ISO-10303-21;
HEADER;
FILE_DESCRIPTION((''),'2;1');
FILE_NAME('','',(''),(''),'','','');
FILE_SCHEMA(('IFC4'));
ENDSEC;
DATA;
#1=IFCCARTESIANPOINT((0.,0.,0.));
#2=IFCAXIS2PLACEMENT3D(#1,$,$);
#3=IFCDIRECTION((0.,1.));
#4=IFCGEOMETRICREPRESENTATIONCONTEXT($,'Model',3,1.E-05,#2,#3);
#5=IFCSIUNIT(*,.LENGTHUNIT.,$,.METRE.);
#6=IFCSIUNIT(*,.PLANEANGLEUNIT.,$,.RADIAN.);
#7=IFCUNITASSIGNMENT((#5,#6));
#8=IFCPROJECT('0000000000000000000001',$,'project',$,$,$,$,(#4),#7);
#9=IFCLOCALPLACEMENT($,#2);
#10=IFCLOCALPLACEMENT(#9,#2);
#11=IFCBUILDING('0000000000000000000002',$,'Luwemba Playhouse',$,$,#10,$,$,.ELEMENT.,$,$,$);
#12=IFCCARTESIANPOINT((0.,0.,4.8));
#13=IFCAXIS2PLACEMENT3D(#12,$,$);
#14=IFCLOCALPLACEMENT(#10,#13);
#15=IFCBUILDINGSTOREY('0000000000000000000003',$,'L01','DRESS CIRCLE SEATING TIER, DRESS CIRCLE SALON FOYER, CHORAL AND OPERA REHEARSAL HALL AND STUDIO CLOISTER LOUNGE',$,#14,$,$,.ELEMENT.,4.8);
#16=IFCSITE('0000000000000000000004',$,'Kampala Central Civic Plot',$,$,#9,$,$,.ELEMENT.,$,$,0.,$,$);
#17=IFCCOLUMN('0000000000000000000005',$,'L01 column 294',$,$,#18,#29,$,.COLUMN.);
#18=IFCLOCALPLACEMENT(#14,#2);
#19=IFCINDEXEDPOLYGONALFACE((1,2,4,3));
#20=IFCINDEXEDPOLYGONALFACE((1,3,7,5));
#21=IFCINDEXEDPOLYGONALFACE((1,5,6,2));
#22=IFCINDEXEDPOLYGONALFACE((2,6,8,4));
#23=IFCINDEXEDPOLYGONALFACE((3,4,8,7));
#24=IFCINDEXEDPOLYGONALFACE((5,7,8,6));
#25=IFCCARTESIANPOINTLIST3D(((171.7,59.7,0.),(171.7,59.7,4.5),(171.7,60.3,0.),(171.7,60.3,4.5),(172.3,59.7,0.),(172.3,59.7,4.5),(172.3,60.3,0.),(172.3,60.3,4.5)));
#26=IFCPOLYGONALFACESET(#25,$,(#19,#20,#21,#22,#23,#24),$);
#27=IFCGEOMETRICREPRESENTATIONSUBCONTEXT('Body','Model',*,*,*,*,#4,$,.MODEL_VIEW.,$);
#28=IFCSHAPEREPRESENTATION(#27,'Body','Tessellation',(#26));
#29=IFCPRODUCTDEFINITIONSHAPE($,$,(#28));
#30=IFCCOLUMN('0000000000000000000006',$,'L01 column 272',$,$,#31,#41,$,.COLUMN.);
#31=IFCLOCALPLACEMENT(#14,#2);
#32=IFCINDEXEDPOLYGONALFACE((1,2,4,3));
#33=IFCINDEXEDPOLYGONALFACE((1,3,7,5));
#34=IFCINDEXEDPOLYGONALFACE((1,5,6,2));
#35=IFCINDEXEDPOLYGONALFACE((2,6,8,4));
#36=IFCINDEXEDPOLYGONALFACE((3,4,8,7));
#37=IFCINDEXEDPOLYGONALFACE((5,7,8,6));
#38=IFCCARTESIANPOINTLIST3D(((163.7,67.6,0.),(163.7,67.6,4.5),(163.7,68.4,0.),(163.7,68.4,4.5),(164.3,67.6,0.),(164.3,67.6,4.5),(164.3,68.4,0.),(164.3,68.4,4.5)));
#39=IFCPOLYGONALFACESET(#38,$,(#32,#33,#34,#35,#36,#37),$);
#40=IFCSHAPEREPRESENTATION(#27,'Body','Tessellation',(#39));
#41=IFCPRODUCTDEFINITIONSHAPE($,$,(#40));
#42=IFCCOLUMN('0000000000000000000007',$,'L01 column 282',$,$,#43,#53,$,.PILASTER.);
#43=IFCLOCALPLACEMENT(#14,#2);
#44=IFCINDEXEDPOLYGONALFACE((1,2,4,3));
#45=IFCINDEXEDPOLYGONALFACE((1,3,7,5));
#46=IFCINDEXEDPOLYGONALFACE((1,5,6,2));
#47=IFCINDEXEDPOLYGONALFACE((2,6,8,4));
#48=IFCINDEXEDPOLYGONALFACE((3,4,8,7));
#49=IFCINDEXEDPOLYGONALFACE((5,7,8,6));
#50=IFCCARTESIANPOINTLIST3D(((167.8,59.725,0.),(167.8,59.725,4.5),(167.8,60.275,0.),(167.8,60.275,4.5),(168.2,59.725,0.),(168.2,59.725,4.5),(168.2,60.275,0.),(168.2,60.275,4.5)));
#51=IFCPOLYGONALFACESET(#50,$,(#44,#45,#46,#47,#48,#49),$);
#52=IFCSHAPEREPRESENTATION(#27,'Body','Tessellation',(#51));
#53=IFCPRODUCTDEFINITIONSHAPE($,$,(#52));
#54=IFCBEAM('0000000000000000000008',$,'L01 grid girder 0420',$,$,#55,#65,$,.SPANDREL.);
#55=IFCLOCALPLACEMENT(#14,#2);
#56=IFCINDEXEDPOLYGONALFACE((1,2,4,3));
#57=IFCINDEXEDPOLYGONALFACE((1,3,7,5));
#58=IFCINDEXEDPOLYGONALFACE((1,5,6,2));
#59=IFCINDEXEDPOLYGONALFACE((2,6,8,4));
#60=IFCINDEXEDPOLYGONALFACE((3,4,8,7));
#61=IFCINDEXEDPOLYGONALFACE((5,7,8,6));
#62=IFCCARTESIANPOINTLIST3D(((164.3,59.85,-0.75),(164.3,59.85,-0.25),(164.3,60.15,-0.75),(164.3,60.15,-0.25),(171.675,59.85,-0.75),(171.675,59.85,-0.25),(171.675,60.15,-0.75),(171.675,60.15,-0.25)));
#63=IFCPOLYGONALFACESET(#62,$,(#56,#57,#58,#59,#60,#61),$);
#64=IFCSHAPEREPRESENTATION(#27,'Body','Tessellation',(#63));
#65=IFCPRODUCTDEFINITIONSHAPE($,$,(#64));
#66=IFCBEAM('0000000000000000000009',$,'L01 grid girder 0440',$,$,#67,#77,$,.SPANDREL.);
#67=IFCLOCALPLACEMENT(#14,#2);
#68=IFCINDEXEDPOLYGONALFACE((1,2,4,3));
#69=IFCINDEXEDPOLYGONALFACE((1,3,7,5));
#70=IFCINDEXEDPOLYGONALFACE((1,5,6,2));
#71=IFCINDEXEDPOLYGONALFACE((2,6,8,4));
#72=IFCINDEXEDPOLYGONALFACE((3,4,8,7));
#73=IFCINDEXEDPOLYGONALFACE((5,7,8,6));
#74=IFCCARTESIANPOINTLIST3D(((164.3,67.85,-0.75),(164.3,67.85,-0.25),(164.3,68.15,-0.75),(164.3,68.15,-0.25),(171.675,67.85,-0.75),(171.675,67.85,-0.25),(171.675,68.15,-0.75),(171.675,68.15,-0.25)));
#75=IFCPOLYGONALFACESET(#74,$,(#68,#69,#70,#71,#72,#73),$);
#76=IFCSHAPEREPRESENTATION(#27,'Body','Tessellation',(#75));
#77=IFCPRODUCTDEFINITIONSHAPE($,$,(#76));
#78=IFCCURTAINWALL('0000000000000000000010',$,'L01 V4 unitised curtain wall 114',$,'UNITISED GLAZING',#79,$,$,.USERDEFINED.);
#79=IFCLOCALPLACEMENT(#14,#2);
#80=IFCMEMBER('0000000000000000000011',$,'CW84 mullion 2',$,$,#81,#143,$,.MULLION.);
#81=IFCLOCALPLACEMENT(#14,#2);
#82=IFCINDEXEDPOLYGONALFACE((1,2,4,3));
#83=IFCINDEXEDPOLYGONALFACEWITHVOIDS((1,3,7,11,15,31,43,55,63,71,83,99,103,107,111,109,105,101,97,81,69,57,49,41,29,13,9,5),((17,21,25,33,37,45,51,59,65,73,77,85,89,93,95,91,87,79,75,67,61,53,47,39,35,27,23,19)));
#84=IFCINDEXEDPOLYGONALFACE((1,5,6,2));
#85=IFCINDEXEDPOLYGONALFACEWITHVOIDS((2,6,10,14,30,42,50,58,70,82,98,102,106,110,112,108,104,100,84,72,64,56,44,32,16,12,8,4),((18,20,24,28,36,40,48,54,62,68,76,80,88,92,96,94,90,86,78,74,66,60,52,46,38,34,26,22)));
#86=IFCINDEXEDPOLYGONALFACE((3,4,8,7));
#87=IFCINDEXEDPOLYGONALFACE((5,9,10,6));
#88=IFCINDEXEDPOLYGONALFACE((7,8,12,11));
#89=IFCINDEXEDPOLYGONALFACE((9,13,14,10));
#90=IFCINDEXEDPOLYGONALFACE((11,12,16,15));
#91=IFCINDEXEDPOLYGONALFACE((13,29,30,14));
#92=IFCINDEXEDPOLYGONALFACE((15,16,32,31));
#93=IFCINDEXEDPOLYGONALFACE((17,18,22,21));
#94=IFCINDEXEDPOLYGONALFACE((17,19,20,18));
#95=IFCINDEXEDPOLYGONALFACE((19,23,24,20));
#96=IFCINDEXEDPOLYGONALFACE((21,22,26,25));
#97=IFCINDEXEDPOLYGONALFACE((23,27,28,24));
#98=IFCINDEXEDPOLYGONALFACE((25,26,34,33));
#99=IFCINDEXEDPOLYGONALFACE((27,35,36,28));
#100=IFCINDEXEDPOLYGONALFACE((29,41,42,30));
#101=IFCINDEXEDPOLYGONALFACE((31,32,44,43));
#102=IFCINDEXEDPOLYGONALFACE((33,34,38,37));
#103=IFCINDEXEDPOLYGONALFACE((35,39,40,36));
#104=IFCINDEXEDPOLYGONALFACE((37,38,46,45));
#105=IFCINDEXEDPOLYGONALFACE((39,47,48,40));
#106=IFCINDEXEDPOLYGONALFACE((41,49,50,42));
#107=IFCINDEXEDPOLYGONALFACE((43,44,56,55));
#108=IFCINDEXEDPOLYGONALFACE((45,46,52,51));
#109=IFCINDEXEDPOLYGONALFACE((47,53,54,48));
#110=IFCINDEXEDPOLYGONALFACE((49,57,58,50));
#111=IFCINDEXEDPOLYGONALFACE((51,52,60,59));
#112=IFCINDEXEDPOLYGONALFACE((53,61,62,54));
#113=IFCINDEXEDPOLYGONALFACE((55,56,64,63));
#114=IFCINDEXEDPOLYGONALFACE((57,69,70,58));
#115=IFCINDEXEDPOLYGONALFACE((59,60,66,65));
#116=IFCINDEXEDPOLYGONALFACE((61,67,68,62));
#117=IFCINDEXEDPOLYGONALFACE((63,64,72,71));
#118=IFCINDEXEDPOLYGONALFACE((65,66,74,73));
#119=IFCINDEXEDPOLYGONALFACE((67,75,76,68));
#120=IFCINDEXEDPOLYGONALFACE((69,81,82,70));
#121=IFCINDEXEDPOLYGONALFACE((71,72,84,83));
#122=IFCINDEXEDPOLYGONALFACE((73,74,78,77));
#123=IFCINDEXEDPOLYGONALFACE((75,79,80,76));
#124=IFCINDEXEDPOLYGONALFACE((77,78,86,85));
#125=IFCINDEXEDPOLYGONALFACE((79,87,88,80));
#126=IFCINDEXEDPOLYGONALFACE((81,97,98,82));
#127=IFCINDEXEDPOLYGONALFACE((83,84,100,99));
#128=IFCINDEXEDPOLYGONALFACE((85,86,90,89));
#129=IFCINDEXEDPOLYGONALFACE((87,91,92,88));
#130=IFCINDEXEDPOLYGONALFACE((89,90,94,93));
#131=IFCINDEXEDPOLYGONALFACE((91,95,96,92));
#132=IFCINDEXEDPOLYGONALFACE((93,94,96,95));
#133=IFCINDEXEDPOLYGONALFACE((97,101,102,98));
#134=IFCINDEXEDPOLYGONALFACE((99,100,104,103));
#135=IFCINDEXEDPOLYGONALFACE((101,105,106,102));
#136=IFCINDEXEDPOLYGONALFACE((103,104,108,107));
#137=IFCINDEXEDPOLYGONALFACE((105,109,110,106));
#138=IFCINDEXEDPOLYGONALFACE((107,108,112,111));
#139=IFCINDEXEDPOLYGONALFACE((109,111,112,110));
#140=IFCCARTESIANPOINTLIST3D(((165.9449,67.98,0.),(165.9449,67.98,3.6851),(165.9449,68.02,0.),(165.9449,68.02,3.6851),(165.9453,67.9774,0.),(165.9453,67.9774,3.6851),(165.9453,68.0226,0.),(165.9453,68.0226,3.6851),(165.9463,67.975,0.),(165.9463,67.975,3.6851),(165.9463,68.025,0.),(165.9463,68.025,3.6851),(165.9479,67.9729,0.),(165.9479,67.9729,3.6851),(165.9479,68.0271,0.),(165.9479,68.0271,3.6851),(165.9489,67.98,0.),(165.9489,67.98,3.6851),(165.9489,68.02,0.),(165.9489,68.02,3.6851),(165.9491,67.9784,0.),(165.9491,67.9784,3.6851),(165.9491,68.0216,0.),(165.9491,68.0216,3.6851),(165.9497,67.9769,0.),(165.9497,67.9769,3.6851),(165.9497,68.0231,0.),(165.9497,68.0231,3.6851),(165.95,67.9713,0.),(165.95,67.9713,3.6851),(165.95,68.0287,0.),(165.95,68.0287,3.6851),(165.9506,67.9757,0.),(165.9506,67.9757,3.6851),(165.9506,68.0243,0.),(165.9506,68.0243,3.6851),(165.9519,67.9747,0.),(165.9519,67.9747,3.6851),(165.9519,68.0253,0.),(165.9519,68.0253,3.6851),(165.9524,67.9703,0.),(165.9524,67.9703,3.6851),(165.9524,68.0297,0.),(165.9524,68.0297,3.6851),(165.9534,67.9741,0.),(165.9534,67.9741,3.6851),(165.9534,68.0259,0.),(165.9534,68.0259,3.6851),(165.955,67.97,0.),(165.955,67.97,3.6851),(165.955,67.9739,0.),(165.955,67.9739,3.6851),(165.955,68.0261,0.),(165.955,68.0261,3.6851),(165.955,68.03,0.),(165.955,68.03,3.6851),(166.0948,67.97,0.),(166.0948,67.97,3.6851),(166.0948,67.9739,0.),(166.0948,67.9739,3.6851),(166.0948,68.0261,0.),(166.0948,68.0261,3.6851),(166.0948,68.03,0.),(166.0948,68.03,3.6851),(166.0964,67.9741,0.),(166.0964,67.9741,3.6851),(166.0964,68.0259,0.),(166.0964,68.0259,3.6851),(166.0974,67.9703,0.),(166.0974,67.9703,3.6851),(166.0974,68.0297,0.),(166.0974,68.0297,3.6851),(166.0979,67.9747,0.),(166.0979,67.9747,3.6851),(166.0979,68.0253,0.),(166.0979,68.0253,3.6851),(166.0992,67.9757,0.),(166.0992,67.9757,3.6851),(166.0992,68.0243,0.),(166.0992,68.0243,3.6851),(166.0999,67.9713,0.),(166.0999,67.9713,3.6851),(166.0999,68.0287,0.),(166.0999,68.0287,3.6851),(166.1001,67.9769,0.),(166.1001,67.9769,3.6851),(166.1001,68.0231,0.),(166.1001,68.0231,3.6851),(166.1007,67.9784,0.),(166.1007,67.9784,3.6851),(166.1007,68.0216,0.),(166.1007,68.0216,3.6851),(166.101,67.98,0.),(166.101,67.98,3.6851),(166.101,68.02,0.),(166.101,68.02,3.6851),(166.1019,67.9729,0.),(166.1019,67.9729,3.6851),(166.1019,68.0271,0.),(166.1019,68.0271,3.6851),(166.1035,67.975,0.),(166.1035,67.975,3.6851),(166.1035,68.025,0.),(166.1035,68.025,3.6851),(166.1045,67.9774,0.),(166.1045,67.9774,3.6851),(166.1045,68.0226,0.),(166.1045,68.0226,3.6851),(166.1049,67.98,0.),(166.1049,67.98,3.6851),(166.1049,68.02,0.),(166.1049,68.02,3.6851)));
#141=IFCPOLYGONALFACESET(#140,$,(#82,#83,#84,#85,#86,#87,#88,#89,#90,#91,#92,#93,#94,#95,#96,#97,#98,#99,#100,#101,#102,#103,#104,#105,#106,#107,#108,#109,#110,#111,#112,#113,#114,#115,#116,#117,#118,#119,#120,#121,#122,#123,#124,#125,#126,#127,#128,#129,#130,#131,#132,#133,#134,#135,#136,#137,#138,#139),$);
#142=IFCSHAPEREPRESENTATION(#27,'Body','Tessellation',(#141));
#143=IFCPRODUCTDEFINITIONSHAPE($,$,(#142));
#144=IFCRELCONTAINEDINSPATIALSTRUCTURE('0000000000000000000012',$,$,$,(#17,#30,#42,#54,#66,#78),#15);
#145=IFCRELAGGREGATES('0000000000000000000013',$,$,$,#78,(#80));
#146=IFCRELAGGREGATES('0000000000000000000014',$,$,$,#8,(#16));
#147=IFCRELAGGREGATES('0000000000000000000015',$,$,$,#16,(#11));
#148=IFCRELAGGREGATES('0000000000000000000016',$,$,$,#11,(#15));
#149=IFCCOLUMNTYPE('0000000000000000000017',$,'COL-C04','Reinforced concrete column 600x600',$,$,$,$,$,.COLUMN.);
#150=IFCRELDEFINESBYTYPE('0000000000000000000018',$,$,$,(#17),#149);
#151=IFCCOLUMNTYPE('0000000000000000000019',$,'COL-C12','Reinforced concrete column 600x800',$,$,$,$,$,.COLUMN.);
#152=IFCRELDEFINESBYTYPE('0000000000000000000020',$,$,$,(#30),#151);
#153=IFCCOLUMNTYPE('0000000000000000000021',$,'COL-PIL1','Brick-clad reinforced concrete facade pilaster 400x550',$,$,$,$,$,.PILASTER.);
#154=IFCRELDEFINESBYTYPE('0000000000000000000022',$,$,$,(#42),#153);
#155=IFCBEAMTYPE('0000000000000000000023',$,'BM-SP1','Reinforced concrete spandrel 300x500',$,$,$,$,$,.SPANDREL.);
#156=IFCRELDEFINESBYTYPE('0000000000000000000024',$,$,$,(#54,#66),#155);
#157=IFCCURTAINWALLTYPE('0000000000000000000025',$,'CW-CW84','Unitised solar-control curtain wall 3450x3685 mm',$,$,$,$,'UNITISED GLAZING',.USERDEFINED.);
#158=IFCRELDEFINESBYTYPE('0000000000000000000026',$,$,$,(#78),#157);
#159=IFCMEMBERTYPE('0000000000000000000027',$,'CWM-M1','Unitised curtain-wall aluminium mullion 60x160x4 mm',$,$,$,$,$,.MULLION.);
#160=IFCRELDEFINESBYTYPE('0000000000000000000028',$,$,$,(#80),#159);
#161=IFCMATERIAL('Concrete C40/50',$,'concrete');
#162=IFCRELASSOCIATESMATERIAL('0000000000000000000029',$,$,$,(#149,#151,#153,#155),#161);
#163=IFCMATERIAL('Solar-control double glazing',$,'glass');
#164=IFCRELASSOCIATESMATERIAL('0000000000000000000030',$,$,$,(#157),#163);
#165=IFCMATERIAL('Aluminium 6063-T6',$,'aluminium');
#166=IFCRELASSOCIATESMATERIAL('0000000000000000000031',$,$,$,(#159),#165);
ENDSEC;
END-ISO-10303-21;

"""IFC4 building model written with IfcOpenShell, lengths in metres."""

from ifc_helpers import new_model, si_unit, direction, frame, origin, origin_2d, place, context, subcontext, project, spatial, rectangle, hollow_rectangle, extrude, material, material_profile, profile_set, type_object, element, aggregate, save


model = new_model("IFC4")

# Units and contexts
model_context = context("Model", 3, precision=1e-05, world=origin(), true_north=direction((0.0, 1.0)))
body_context = subcontext(model_context, "Body", "Model", "MODEL_VIEW")
ifc_project = project(units=[si_unit("LENGTHUNIT", "METRE"), si_unit("PLANEANGLEUNIT", "RADIAN")], contexts=[model_context])

# Site, building, storey
site_placement = place(None, origin())
site = spatial("IfcSite", under=ifc_project, at=site_placement, Name="Kampala Central Civic Plot", CompositionType="ELEMENT", RefElevation=0.0)
building_placement = place(site_placement, origin())
building = spatial("IfcBuilding", under=site, at=building_placement, Name="Luwemba Playhouse", CompositionType="ELEMENT")
storey_placement = place(building_placement, frame((0.0, 0.0, 4.8)))
storey = spatial("IfcBuildingStorey", under=building, at=storey_placement, Name="L01", Description="DRESS CIRCLE SEATING TIER, DRESS CIRCLE SALON FOYER, CHORAL AND OPERA REHEARSAL HALL AND STUDIO CLOISTER LOUNGE", CompositionType="ELEMENT", Elevation=4.8)

# Columns
ifc_material_1 = material(Name="Concrete C40/50", Category="concrete")
ifc_material_profile_1 = material_profile(ifc_material_1, rectangle(XDim=0.6001, YDim=0.6001, at=origin_2d()))
ifc_profile_set_1 = profile_set([ifc_material_profile_1], Name="Concrete C40/50")
column_type_1 = type_object("IfcColumnType", Name="COL-C04", Description="Reinforced concrete column 600x600", PredefinedType="COLUMN", material=ifc_profile_set_1)
column_1_placement = place(storey_placement, frame((172.0, 60.0, 0.0), z_axis=(0.0, 0.0, 1.0), x_axis=(1.0, 0.0, 0.0)))
element("IfcColumn", 1, at=column_1_placement, inside=storey, type_object=column_type_1, Name="L01 column 294", PredefinedType="COLUMN", context=body_context, shape_type="SweptSolid", body=[
    extrude(rectangle(XDim=0.6001, YDim=0.6001, at=origin_2d()), origin(), (0.0, 0.0, 1.0), 4.5),
])
ifc_material_profile_2 = material_profile(ifc_material_1, rectangle(XDim=0.6001, YDim=0.8, at=origin_2d()))
ifc_profile_set_2 = profile_set([ifc_material_profile_2], Name="Concrete C40/50")
column_type_2 = type_object("IfcColumnType", Name="COL-C12", Description="Reinforced concrete column 600x800", PredefinedType="COLUMN", material=ifc_profile_set_2)
column_2_placement = place(storey_placement, frame((164.0, 68.0, 0.0), z_axis=(0.0, 0.0, 1.0), x_axis=(1.0, 0.0, 0.0)))
element("IfcColumn", 2, at=column_2_placement, inside=storey, type_object=column_type_2, Name="L01 column 272", PredefinedType="COLUMN", context=body_context, shape_type="SweptSolid", body=[
    extrude(rectangle(XDim=0.6001, YDim=0.8, at=origin_2d()), origin(), (0.0, 0.0, 1.0), 4.5),
])
ifc_material_profile_3 = material_profile(ifc_material_1, rectangle(XDim=0.3999, YDim=0.55, at=origin_2d()))
ifc_profile_set_3 = profile_set([ifc_material_profile_3], Name="Concrete C40/50")
column_type_3 = type_object("IfcColumnType", Name="COL-PIL1", Description="Brick-clad reinforced concrete facade pilaster 400x550", PredefinedType="PILASTER", material=ifc_profile_set_3)
column_3_placement = place(storey_placement, frame((168.0, 60.0, 0.0), z_axis=(0.0, 0.0, 1.0), x_axis=(1.0, 0.0, 0.0)))
element("IfcColumn", 3, at=column_3_placement, inside=storey, type_object=column_type_3, Name="L01 column 282", PredefinedType="PILASTER", context=body_context, shape_type="SweptSolid", body=[
    extrude(rectangle(XDim=0.3999, YDim=0.55, at=origin_2d()), origin(), (0.0, 0.0, 1.0), 4.5),
])

# Beams
ifc_material_profile_4 = material_profile(ifc_material_1, rectangle(XDim=0.3, YDim=0.5, at=origin_2d()))
ifc_profile_set_4 = profile_set([ifc_material_profile_4], Name="Concrete C40/50")
beam_type = type_object("IfcBeamType", Name="BM-SP1", Description="Reinforced concrete spandrel 300x500", PredefinedType="SPANDREL", material=ifc_profile_set_4)
for number, where, z_axis, x_axis, name in (
    (4, (164.3, 60.0, -0.5), (1.0, 0.0, 0.0), (0.0, 1.0, 0.0), "L01 grid girder 0420"),
    (5, (164.3, 68.0, -0.5), (1.0, 0.0, 0.0), (0.0, 1.0, 0.0), "L01 grid girder 0440"),
):
    element("IfcBeam", number, at=place(storey_placement, frame(where, z_axis=z_axis, x_axis=x_axis)), inside=storey, type_object=beam_type, Name=name, PredefinedType="SPANDREL", context=body_context, shape_type="SweptSolid", body=[
        extrude(rectangle(XDim=0.3, YDim=0.5, at=origin_2d()), origin(), (0.0, 0.0, 1.0), 7.375),
    ])

# Curtain wall, member
ifc_material_2 = material(Name="Solar-control double glazing", Category="glass")
curtain_wall_type = type_object("IfcCurtainWallType", Name="CW-CW84", Description="Unitised solar-control curtain wall 3450x3685 mm", ElementType="UNITISED GLAZING", PredefinedType="USERDEFINED", material=ifc_material_2)
curtain_wall_placement = place(storey_placement, origin())
curtain_wall = element("IfcCurtainWall", 6, at=curtain_wall_placement, inside=storey, type_object=curtain_wall_type, Name="L01 V4 unitised curtain wall 114", ObjectType="UNITISED GLAZING", PredefinedType="USERDEFINED")
ifc_material_3 = material(Name="Aluminium 6063-T6", Category="aluminium")
ifc_material_profile_5 = material_profile(ifc_material_3, hollow_rectangle(XDim=0.0601, YDim=0.1599, WallThickness=0.0039, InnerFilletRadius=0.0061, OuterFilletRadius=0.01, at=origin_2d()))
ifc_profile_set_5 = profile_set([ifc_material_profile_5], Name="Aluminium 6063-T6")
member_type_1 = type_object("IfcMemberType", Name="CWM-M1", Description="Unitised curtain-wall aluminium mullion 60x160x4 mm", PredefinedType="MULLION", material=ifc_profile_set_5)
member_1_placement = place(storey_placement, frame((166.0249, 68.0, 0.0), z_axis=(0.0, 0.0, 1.0), x_axis=(0.0, -1.0, 0.0)))
member_1 = element("IfcMember", 7, at=member_1_placement, type_object=member_type_1, Name="CW84 mullion 2", PredefinedType="MULLION", context=body_context, shape_type="SweptSolid", body=[
    extrude(hollow_rectangle(XDim=0.0601, YDim=0.1599, WallThickness=0.0039, InnerFilletRadius=0.0061, OuterFilletRadius=0.01, at=origin_2d()), origin(), (0.0, 0.0, 1.0), 3.6851),
])
aggregate(curtain_wall, [member_1])

save(model, "model.ifc")
